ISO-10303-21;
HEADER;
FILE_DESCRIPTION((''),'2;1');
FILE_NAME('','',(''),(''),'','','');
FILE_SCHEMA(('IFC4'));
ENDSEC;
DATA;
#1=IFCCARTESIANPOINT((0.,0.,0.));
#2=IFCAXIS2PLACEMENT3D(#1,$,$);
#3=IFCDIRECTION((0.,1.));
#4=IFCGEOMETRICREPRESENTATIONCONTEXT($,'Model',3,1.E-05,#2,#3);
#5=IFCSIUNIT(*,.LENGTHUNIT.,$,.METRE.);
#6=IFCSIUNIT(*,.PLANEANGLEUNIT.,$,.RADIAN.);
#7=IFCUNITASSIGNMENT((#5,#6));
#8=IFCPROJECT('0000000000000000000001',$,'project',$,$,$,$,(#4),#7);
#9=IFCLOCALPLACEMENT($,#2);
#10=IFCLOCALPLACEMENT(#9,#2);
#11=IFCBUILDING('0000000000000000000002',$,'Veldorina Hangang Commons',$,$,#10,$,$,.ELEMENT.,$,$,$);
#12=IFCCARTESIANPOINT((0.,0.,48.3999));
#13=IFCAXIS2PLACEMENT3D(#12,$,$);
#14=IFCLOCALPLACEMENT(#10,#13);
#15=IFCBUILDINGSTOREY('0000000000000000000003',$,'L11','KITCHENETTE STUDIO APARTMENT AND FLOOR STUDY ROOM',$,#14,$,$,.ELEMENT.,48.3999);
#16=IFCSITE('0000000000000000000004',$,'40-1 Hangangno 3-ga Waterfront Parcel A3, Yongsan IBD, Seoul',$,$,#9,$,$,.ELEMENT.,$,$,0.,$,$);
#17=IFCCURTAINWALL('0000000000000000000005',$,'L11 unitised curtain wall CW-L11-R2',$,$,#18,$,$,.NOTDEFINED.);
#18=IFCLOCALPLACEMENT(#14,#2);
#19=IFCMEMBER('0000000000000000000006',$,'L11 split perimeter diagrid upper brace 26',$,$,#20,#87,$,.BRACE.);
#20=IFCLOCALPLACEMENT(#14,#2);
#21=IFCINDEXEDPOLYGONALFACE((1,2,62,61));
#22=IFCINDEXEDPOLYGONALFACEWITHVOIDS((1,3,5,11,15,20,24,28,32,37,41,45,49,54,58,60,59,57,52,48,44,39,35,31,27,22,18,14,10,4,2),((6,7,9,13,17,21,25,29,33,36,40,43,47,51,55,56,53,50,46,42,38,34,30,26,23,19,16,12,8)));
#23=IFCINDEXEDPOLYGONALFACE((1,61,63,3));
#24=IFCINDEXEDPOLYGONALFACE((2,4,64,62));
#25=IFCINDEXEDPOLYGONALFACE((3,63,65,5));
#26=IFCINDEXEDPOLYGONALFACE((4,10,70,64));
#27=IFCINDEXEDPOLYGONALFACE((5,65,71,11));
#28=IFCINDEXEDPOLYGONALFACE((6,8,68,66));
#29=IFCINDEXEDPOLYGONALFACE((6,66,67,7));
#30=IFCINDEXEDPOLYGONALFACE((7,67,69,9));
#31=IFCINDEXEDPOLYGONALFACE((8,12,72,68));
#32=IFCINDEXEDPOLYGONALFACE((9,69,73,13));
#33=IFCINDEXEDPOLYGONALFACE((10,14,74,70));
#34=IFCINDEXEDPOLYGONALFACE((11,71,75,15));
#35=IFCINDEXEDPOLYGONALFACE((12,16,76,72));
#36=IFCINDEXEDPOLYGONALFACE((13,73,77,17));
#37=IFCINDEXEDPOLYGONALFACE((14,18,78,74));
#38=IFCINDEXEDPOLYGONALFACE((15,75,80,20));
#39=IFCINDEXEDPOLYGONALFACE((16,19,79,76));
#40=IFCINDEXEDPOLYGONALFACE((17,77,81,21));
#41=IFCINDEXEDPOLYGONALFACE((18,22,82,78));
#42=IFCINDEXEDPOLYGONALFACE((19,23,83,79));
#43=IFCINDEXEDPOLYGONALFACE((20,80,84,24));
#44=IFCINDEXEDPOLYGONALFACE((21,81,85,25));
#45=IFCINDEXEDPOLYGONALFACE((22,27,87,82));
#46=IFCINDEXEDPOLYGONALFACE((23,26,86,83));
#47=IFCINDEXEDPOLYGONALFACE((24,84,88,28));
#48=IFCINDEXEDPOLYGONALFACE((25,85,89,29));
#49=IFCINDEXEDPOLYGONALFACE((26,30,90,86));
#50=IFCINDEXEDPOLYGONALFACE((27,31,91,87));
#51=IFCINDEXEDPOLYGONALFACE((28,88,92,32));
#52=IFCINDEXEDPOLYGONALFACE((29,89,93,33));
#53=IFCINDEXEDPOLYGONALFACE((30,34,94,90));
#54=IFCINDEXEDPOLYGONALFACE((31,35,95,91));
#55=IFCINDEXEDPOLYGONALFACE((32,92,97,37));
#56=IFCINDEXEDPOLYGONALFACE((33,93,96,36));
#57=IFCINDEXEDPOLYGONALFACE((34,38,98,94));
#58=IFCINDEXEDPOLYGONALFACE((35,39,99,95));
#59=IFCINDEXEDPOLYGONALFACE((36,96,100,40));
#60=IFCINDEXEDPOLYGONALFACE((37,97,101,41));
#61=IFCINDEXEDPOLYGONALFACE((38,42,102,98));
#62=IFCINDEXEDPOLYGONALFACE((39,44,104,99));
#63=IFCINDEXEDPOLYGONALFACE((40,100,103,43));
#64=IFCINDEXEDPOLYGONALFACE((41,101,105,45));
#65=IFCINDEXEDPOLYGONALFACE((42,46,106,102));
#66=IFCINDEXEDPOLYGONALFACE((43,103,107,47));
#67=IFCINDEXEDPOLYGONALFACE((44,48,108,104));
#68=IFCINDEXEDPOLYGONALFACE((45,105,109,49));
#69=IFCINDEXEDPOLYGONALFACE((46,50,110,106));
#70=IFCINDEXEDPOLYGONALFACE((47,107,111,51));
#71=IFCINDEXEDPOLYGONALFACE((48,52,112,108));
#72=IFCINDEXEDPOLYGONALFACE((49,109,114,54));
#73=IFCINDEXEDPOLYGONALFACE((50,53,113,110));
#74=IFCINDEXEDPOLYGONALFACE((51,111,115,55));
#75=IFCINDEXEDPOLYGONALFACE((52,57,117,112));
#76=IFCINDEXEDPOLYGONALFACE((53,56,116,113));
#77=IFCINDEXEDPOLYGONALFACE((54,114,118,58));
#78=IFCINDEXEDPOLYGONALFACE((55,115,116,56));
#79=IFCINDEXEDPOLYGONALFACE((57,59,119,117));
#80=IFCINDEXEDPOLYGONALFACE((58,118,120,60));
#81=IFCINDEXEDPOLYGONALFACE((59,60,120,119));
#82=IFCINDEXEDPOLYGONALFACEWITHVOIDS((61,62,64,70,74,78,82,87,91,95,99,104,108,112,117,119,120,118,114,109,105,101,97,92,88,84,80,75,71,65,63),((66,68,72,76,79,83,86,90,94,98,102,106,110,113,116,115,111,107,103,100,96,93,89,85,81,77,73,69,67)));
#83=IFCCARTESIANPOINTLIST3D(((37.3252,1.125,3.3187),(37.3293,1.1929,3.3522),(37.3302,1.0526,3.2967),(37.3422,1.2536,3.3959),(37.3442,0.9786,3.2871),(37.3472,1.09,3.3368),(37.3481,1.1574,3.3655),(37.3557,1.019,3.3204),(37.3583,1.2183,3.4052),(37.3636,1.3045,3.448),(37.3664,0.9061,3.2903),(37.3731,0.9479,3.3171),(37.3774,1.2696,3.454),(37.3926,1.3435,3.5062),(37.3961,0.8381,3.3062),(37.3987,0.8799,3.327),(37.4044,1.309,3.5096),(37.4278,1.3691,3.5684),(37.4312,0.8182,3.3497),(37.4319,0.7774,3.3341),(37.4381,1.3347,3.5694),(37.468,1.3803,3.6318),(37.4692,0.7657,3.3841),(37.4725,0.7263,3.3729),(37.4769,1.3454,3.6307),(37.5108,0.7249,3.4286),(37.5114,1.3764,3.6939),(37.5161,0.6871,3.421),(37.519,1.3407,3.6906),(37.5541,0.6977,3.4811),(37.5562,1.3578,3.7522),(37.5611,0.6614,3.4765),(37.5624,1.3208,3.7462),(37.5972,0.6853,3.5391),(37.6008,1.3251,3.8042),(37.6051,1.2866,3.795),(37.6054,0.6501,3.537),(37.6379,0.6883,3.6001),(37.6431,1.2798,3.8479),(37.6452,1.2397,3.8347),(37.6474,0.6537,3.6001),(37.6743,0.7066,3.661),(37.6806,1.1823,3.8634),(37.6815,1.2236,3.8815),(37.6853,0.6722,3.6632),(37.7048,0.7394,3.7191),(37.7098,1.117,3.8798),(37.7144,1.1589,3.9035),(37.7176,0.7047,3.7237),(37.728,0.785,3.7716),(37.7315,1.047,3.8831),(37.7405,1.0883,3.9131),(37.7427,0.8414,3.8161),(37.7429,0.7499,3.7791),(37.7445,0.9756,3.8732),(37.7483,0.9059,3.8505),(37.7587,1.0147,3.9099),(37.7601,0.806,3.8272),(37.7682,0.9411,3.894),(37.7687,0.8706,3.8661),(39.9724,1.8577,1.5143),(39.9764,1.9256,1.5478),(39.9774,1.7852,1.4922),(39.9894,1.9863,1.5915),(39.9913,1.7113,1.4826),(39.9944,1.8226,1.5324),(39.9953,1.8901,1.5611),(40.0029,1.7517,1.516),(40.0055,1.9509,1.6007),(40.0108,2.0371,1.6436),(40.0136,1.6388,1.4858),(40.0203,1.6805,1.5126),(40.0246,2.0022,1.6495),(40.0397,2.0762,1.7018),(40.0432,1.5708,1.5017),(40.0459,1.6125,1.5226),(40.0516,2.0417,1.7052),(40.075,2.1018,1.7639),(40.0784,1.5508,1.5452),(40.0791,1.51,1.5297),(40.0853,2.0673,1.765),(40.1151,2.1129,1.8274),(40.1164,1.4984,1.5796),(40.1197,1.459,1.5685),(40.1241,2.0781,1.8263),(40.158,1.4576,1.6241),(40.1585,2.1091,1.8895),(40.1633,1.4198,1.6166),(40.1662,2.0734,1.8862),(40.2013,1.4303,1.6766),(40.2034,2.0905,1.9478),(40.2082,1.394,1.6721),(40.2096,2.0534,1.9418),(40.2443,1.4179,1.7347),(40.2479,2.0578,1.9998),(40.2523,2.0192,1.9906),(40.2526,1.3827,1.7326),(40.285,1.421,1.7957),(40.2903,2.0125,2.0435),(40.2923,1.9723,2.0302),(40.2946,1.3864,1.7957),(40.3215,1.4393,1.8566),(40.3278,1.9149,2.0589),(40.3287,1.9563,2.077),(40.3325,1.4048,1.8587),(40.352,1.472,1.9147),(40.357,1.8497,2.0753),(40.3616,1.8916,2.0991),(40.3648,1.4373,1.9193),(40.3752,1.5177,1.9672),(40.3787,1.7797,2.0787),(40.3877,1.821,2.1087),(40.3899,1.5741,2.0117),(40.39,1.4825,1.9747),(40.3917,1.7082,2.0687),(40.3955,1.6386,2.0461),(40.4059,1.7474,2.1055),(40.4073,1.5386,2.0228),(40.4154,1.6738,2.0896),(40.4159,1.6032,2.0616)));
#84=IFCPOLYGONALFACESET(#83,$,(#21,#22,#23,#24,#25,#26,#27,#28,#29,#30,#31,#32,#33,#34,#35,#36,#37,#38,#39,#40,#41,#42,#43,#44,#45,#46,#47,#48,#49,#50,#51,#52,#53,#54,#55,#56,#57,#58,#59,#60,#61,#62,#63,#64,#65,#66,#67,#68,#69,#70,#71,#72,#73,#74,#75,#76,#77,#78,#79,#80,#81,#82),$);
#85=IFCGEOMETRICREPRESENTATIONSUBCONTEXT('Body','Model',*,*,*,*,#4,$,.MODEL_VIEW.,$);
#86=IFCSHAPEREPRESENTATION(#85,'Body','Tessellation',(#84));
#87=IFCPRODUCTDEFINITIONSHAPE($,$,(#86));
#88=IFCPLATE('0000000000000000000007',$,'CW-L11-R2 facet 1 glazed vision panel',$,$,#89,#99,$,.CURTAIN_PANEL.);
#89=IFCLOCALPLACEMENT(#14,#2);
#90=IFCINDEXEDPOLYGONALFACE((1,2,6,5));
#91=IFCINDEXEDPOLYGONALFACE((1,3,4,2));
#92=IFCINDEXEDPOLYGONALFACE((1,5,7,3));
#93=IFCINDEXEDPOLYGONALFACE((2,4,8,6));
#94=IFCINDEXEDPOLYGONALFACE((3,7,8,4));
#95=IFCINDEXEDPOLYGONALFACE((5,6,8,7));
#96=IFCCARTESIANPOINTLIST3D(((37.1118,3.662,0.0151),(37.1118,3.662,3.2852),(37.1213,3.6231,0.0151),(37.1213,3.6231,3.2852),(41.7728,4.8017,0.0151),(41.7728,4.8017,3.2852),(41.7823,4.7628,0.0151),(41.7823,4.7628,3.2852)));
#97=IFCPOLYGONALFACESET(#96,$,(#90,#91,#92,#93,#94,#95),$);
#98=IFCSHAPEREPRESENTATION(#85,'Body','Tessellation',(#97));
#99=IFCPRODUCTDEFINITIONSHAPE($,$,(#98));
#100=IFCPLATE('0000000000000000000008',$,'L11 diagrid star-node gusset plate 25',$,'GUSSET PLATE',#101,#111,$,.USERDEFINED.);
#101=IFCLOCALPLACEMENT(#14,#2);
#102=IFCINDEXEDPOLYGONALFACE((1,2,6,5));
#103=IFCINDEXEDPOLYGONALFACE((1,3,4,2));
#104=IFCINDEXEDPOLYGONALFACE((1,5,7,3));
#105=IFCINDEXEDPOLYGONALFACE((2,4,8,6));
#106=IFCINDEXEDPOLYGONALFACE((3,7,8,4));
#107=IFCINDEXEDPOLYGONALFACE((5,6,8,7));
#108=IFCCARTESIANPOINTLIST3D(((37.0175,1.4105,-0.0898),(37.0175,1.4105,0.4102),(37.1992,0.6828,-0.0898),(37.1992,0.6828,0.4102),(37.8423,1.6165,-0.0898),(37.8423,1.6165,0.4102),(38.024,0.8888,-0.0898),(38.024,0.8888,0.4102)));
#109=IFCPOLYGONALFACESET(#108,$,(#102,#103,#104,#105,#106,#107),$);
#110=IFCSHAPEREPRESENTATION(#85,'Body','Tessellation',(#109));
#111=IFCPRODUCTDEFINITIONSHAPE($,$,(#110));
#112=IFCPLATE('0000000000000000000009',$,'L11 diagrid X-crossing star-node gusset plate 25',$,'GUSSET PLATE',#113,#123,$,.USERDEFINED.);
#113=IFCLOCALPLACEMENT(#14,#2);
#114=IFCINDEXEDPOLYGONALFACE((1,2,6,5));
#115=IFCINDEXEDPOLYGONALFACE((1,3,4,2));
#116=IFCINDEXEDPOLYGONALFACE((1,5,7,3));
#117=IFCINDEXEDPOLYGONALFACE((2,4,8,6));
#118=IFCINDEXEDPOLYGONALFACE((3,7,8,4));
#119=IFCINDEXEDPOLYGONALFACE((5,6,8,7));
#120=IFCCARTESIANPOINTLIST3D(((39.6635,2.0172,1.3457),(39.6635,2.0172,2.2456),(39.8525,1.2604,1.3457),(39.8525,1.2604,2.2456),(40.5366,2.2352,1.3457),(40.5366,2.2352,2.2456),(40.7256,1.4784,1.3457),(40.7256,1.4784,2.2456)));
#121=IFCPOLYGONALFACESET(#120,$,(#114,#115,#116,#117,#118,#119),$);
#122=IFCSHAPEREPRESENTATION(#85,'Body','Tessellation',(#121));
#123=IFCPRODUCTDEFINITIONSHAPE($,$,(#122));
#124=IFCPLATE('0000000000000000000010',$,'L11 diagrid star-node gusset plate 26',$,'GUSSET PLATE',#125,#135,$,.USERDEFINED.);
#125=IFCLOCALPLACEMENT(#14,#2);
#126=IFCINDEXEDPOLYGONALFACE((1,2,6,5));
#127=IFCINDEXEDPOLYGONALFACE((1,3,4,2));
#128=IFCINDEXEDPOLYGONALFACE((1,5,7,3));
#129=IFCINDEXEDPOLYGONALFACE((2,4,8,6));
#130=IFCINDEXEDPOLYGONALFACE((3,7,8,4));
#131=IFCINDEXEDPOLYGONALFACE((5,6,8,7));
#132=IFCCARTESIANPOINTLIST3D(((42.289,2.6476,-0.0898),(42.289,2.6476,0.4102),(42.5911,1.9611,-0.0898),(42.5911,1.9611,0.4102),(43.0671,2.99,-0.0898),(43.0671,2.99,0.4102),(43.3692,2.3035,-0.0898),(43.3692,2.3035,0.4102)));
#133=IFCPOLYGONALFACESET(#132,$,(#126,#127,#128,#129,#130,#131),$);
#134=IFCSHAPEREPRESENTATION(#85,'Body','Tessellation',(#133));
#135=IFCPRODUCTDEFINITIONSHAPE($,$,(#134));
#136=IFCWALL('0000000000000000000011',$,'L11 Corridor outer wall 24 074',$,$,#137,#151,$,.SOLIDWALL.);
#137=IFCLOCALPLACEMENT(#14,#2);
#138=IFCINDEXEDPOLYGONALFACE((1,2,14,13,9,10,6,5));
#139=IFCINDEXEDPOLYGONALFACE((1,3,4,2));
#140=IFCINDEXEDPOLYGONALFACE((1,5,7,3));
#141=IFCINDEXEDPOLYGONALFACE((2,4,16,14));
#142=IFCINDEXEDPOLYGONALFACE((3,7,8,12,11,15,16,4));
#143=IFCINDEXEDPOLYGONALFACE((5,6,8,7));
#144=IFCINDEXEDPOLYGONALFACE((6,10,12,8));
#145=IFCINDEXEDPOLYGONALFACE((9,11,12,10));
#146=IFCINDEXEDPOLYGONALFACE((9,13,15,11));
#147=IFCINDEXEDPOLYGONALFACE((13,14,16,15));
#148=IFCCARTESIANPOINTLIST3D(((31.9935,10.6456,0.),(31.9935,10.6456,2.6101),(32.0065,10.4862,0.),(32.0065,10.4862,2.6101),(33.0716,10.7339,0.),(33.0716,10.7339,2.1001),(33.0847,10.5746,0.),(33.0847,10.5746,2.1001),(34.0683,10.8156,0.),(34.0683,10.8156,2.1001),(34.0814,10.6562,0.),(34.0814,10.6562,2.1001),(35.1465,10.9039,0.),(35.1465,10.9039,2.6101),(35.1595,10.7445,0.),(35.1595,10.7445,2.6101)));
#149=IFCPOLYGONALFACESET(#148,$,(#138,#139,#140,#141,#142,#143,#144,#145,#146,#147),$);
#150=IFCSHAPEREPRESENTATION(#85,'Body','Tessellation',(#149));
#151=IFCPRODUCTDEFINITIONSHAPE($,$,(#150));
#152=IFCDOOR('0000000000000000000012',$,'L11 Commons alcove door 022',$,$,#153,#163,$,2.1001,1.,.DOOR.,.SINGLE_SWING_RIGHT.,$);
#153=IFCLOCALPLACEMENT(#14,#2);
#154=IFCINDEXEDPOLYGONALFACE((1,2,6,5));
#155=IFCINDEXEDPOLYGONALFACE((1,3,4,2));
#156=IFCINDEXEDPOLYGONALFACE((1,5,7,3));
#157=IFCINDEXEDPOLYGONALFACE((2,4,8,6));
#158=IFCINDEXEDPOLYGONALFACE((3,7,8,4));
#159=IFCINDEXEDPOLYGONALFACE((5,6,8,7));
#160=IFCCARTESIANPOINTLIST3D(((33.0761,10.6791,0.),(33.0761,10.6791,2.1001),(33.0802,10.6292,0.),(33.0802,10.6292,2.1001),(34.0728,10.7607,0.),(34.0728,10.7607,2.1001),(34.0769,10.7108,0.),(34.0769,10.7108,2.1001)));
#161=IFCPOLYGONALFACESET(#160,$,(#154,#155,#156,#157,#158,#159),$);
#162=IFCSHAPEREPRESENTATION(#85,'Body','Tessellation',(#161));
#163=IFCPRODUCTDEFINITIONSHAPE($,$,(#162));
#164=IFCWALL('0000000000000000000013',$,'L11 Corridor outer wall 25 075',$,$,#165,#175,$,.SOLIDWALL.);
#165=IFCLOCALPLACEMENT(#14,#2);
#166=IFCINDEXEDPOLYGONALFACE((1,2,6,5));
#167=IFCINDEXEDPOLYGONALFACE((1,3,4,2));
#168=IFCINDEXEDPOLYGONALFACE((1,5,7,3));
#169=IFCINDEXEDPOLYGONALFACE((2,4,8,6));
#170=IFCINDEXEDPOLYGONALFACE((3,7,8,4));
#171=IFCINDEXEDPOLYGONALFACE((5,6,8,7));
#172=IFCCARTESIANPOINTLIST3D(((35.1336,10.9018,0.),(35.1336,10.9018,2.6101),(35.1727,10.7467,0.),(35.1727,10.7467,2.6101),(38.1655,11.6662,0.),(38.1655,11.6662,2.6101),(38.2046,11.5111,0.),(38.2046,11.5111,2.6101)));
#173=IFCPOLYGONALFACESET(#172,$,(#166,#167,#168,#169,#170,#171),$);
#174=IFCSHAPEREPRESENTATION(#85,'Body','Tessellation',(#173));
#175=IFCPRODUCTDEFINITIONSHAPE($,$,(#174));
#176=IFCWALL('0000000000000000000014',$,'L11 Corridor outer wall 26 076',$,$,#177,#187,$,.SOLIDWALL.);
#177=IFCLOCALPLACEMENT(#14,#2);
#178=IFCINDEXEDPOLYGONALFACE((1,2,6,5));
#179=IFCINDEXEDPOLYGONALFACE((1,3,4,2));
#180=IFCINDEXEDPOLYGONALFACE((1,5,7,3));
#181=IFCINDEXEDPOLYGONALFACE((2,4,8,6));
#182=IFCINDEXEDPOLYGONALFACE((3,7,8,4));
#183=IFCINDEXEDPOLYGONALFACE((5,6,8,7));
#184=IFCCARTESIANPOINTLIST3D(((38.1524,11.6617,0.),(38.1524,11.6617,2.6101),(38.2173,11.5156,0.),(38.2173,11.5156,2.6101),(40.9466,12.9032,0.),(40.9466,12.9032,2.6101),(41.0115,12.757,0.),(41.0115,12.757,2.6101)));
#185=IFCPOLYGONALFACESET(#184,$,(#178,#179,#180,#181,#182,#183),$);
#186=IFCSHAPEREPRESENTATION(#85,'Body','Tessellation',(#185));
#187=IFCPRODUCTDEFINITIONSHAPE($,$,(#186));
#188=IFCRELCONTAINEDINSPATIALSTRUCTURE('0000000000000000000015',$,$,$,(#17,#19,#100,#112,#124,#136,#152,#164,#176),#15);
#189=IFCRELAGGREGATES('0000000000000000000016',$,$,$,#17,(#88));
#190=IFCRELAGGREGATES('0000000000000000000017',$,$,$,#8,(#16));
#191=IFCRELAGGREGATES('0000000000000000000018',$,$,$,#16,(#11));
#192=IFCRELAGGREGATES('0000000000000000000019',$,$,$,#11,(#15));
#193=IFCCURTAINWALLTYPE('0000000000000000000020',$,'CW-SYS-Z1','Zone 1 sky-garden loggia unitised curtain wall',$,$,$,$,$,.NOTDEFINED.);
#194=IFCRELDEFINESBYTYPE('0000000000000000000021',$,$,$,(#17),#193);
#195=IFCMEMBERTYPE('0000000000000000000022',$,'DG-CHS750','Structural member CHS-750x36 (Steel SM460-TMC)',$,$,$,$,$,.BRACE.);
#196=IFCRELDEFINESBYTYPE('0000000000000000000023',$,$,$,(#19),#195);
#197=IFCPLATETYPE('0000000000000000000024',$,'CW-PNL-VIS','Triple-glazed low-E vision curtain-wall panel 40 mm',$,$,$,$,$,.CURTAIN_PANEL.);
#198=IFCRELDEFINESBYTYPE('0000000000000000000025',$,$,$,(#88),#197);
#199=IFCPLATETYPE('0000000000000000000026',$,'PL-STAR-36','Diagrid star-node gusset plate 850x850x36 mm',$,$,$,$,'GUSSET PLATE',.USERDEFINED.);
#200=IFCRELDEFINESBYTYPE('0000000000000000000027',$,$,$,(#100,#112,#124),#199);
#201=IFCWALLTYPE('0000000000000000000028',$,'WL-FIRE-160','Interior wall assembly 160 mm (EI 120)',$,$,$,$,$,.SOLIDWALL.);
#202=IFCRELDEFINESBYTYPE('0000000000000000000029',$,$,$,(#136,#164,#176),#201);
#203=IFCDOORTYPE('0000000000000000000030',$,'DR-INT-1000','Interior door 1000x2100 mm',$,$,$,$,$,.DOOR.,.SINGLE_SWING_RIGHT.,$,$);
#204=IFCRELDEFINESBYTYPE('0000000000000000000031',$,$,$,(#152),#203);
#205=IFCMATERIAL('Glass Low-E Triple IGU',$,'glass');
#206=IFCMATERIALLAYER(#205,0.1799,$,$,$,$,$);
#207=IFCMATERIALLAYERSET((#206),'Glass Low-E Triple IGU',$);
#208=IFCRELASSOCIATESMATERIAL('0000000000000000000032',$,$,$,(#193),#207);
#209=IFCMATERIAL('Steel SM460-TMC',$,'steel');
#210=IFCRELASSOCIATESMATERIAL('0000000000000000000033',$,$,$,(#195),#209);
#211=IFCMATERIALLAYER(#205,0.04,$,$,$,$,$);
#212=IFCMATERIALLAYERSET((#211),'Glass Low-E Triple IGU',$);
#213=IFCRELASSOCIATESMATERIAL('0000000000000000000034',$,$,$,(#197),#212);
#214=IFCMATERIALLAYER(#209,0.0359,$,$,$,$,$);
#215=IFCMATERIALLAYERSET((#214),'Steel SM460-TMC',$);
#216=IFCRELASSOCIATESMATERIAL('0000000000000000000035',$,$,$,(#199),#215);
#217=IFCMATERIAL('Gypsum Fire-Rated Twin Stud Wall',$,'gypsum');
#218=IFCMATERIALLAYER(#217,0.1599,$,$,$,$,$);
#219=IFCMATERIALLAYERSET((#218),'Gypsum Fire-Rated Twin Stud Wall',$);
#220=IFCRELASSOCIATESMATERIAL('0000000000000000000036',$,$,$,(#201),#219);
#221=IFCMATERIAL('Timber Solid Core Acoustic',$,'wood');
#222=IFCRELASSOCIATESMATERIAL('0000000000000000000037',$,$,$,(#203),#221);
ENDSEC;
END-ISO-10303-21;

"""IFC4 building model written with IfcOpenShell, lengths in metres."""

from ifc_helpers import new_model, si_unit, direction, frame, frame_2d, origin, origin_2d, place, context, subcontext, project, spatial, rectangle, hollow_circle, extrude, material, layer, layer_set, material_profile, profile_set, type_object, element, fill, aggregate, save


model = new_model("IFC4")

# Units and contexts
model_context = context("Model", 3, precision=1e-05, world=origin(), true_north=direction((0.0, 1.0)))
body_context = subcontext(model_context, "Body", "Model", "MODEL_VIEW")
ifc_project = project(units=[si_unit("LENGTHUNIT", "METRE"), si_unit("PLANEANGLEUNIT", "RADIAN")], contexts=[model_context])

# Site, building, storey
site_placement = place(None, origin())
site = spatial("IfcSite", under=ifc_project, at=site_placement, Name="40-1 Hangangno 3-ga Waterfront Parcel A3, Yongsan IBD, Seoul", CompositionType="ELEMENT", RefElevation=0.0)
building_placement = place(site_placement, origin())
building = spatial("IfcBuilding", under=site, at=building_placement, Name="Veldorina Hangang Commons", CompositionType="ELEMENT")
storey_placement = place(building_placement, frame((0.0, 0.0, 48.3999)))
storey = spatial("IfcBuildingStorey", under=building, at=storey_placement, Name="L11", Description="KITCHENETTE STUDIO APARTMENT AND FLOOR STUDY ROOM", CompositionType="ELEMENT", Elevation=48.3999)

# Shared definitions
ifc_material_1 = material(Name="Steel SM460-TMC", Category="steel")

# Shared definitions
ifc_material_2 = material(Name="Glass Low-E Triple IGU", Category="glass")
ifc_layer_1 = layer(ifc_material_2, 0.1799)
ifc_layer_set_1 = layer_set([ifc_layer_1], Name="Glass Low-E Triple IGU")
curtain_wall_type = type_object("IfcCurtainWallType", Name="CW-SYS-Z1", Description="Zone 1 sky-garden loggia unitised curtain wall", PredefinedType="NOTDEFINED", material=ifc_layer_set_1)

# Curtain wall
curtain_wall_1_placement = place(storey_placement, origin())
curtain_wall_1 = element("IfcCurtainWall", 1, at=curtain_wall_1_placement, inside=storey, type_object=curtain_wall_type, Name="L11 unitised curtain wall CW-L11-R2", PredefinedType="NOTDEFINED")

# Member
ifc_material_profile_1 = material_profile(ifc_material_1, hollow_circle(Radius=0.375, WallThickness=0.0359, at=origin_2d()), Name="CHS-750x36")
ifc_profile_set_1 = profile_set([ifc_material_profile_1], Name="Steel SM460-TMC")
member_type_1 = type_object("IfcMemberType", Name="DG-CHS750", Description="Structural member CHS-750x36 (Steel SM460-TMC)", PredefinedType="BRACE", material=ifc_profile_set_1)
member_1_placement = place(storey_placement, frame((40.1946, 1.7478, 1.7957), z_axis=(-0.805501, -0.222937, 0.54906), x_axis=(0.266741, -0.963768, 0.0)))
element("IfcMember", 2, at=member_1_placement, inside=storey, type_object=member_type_1, Name="L11 split perimeter diagrid upper brace 26", PredefinedType="BRACE", context=body_context, shape_type="SweptSolid", body=[
    extrude(hollow_circle(Radius=0.375, WallThickness=0.0359, at=origin_2d()), origin(), (0.0, 0.0, 1.0), 3.2864),
])

# Plate
ifc_layer_2 = layer(ifc_material_2, 0.04)
ifc_layer_set_2 = layer_set([ifc_layer_2], Name="Glass Low-E Triple IGU")
plate_type_1 = type_object("IfcPlateType", Name="CW-PNL-VIS", Description="Triple-glazed low-E vision curtain-wall panel 40 mm", PredefinedType="CURTAIN_PANEL", material=ifc_layer_set_2)
plate_1_placement = place(storey_placement, frame((39.447, 4.2124, 0.0151), z_axis=(0.0, 0.0, 1.0), x_axis=(0.971384, 0.237516, 0.0)))
plate_1 = element("IfcPlate", 3, at=plate_1_placement, type_object=plate_type_1, Name="CW-L11-R2 facet 1 glazed vision panel", PredefinedType="CURTAIN_PANEL", context=body_context, shape_type="SweptSolid", body=[
    extrude(rectangle(XDim=4.7983, YDim=0.04, at=origin_2d()), origin(), (0.0, 0.0, 1.0), 3.27),
])
aggregate(curtain_wall_1, [plate_1])

# Plates
ifc_layer_3 = layer(ifc_material_1, 0.0359)
ifc_layer_set_3 = layer_set([ifc_layer_3], Name="Steel SM460-TMC")
plate_type_2 = type_object("IfcPlateType", Name="PL-STAR-36", Description="Diagrid star-node gusset plate 850x850x36 mm", ElementType="GUSSET PLATE", PredefinedType="USERDEFINED", material=ifc_layer_set_3)
plate_2_placement = place(storey_placement, frame((37.5208, 1.1497, -0.0898), z_axis=(0.0, 0.0, 1.0), x_axis=(0.970199, 0.242311, 0.0)))
element("IfcPlate", 4, at=plate_2_placement, inside=storey, type_object=plate_type_2, Name="L11 diagrid star-node gusset plate 25", ObjectType="GUSSET PLATE", PredefinedType="USERDEFINED", context=body_context, shape_type="SweptSolid", body=[
    extrude(rectangle(XDim=0.8501, YDim=0.75, at=origin_2d()), origin(), (0.0, 0.0, 1.0), 0.5),
])
plate_3_placement = place(storey_placement, frame((40.1946, 1.7478, 1.3457), z_axis=(0.0, 0.0, 1.0), x_axis=(0.970199, 0.242311, 0.0)))
element("IfcPlate", 5, at=plate_3_placement, inside=storey, type_object=plate_type_2, Name="L11 diagrid X-crossing star-node gusset plate 25", ObjectType="GUSSET PLATE", PredefinedType="USERDEFINED", context=body_context, shape_type="SweptSolid", body=[
    extrude(rectangle(XDim=0.8999, YDim=0.78, at=origin_2d()), origin(), (0.0, 0.0, 1.0), 0.8999),
])
plate_4_placement = place(storey_placement, frame((42.8291, 2.4756, -0.0898), z_axis=(0.0, 0.0, 1.0), x_axis=(0.915297, 0.402779, 0.0)))
element("IfcPlate", 6, at=plate_4_placement, inside=storey, type_object=plate_type_2, Name="L11 diagrid star-node gusset plate 26", ObjectType="GUSSET PLATE", PredefinedType="USERDEFINED", context=body_context, shape_type="SweptSolid", body=[
    extrude(rectangle(XDim=0.8501, YDim=0.75, at=origin_2d()), origin(), (0.0, 0.0, 1.0), 0.5),
])

# Wall, opening, door
ifc_material_3 = material(Name="Gypsum Fire-Rated Twin Stud Wall", Category="gypsum")
ifc_layer_4 = layer(ifc_material_3, 0.1599)
ifc_layer_set_4 = layer_set([ifc_layer_4], Name="Gypsum Fire-Rated Twin Stud Wall")
wall_type_1 = type_object("IfcWallType", Name="WL-FIRE-160", Description="Interior wall assembly 160 mm (EI 120)", PredefinedType="SOLIDWALL", material=ifc_layer_set_4)
wall_1_placement = place(storey_placement, frame((32.0, 10.5659, 0.0), z_axis=(0.0, 0.0, 1.0), x_axis=(0.996661, 0.081647, 0.0)))
wall_1 = element("IfcWall", 7, at=wall_1_placement, inside=storey, type_object=wall_type_1, Name="L11 Corridor outer wall 24 074", PredefinedType="SOLIDWALL", context=body_context, shape_type="SweptSolid", body=[
    extrude(rectangle(XDim=3.1636, YDim=0.1599, at=frame_2d((1.5818, 0.0))), origin(), (0.0, 0.0, 1.0), 2.6101),
])
opening_1_placement = place(wall_1_placement, frame((1.0818, 0.0, 0.0)))
opening_1 = element("IfcOpeningElement", 8, at=opening_1_placement, cuts=wall_1, PredefinedType="OPENING", context=body_context, shape_type="SweptSolid", body=[
    extrude(rectangle(XDim=1.0, YDim=2.1001, at=frame_2d((0.5, 1.05))), frame((0.0, 0.0898, 0.0), z_axis=(0.0, -1.0, 0.0), x_axis=(1.0, 0.0, 0.0)), (0.0, 0.0, 1.0), 0.1799),
])
ifc_material_4 = material(Name="Timber Solid Core Acoustic", Category="wood")
door_type_1 = type_object("IfcDoorType", Name="DR-INT-1000", Description="Interior door 1000x2100 mm", OperationType="SINGLE_SWING_RIGHT", PredefinedType="DOOR", material=ifc_material_4)
door_1_placement = place(opening_1_placement, origin())
door_1 = element("IfcDoor", 9, at=door_1_placement, inside=storey, type_object=door_type_1, Name="L11 Commons alcove door 022", OperationType="SINGLE_SWING_RIGHT", OverallHeight=2.1001, OverallWidth=1.0, PredefinedType="DOOR", context=body_context, shape_type="SweptSolid", body=[
    extrude(rectangle(XDim=1.0, YDim=2.1001, at=frame_2d((0.5, 1.05))), frame((0.0, 0.0249, 0.0), z_axis=(0.0, -1.0, 0.0), x_axis=(1.0, 0.0, 0.0)), (0.0, 0.0, 1.0), 0.05),
])
fill(opening_1, door_1)

# Walls
wall_2_placement = place(storey_placement, frame((35.1531, 10.8242, 0.0), z_axis=(0.0, 0.0, 1.0), x_axis=(0.969654, 0.244483, 0.0)))
element("IfcWall", 10, at=wall_2_placement, inside=storey, type_object=wall_type_1, Name="L11 Corridor outer wall 25 075", PredefinedType="SOLIDWALL", context=body_context, shape_type="SweptSolid", body=[
    extrude(rectangle(XDim=3.1267, YDim=0.1599, at=frame_2d((1.5635, 0.0))), origin(), (0.0, 0.0, 1.0), 2.6101),
])
wall_3_placement = place(storey_placement, frame((38.1848, 11.5886, 0.0), z_axis=(0.0, 0.0, 1.0), x_axis=(0.913861, 0.406027, 0.0)))
element("IfcWall", 11, at=wall_3_placement, inside=storey, type_object=wall_type_1, Name="L11 Corridor outer wall 26 076", PredefinedType="SOLIDWALL", context=body_context, shape_type="SweptSolid", body=[
    extrude(rectangle(XDim=3.0576, YDim=0.1599, at=frame_2d((1.5288, 0.0))), origin(), (0.0, 0.0, 1.0), 2.6101),
])

save(model, "model.ifc")
